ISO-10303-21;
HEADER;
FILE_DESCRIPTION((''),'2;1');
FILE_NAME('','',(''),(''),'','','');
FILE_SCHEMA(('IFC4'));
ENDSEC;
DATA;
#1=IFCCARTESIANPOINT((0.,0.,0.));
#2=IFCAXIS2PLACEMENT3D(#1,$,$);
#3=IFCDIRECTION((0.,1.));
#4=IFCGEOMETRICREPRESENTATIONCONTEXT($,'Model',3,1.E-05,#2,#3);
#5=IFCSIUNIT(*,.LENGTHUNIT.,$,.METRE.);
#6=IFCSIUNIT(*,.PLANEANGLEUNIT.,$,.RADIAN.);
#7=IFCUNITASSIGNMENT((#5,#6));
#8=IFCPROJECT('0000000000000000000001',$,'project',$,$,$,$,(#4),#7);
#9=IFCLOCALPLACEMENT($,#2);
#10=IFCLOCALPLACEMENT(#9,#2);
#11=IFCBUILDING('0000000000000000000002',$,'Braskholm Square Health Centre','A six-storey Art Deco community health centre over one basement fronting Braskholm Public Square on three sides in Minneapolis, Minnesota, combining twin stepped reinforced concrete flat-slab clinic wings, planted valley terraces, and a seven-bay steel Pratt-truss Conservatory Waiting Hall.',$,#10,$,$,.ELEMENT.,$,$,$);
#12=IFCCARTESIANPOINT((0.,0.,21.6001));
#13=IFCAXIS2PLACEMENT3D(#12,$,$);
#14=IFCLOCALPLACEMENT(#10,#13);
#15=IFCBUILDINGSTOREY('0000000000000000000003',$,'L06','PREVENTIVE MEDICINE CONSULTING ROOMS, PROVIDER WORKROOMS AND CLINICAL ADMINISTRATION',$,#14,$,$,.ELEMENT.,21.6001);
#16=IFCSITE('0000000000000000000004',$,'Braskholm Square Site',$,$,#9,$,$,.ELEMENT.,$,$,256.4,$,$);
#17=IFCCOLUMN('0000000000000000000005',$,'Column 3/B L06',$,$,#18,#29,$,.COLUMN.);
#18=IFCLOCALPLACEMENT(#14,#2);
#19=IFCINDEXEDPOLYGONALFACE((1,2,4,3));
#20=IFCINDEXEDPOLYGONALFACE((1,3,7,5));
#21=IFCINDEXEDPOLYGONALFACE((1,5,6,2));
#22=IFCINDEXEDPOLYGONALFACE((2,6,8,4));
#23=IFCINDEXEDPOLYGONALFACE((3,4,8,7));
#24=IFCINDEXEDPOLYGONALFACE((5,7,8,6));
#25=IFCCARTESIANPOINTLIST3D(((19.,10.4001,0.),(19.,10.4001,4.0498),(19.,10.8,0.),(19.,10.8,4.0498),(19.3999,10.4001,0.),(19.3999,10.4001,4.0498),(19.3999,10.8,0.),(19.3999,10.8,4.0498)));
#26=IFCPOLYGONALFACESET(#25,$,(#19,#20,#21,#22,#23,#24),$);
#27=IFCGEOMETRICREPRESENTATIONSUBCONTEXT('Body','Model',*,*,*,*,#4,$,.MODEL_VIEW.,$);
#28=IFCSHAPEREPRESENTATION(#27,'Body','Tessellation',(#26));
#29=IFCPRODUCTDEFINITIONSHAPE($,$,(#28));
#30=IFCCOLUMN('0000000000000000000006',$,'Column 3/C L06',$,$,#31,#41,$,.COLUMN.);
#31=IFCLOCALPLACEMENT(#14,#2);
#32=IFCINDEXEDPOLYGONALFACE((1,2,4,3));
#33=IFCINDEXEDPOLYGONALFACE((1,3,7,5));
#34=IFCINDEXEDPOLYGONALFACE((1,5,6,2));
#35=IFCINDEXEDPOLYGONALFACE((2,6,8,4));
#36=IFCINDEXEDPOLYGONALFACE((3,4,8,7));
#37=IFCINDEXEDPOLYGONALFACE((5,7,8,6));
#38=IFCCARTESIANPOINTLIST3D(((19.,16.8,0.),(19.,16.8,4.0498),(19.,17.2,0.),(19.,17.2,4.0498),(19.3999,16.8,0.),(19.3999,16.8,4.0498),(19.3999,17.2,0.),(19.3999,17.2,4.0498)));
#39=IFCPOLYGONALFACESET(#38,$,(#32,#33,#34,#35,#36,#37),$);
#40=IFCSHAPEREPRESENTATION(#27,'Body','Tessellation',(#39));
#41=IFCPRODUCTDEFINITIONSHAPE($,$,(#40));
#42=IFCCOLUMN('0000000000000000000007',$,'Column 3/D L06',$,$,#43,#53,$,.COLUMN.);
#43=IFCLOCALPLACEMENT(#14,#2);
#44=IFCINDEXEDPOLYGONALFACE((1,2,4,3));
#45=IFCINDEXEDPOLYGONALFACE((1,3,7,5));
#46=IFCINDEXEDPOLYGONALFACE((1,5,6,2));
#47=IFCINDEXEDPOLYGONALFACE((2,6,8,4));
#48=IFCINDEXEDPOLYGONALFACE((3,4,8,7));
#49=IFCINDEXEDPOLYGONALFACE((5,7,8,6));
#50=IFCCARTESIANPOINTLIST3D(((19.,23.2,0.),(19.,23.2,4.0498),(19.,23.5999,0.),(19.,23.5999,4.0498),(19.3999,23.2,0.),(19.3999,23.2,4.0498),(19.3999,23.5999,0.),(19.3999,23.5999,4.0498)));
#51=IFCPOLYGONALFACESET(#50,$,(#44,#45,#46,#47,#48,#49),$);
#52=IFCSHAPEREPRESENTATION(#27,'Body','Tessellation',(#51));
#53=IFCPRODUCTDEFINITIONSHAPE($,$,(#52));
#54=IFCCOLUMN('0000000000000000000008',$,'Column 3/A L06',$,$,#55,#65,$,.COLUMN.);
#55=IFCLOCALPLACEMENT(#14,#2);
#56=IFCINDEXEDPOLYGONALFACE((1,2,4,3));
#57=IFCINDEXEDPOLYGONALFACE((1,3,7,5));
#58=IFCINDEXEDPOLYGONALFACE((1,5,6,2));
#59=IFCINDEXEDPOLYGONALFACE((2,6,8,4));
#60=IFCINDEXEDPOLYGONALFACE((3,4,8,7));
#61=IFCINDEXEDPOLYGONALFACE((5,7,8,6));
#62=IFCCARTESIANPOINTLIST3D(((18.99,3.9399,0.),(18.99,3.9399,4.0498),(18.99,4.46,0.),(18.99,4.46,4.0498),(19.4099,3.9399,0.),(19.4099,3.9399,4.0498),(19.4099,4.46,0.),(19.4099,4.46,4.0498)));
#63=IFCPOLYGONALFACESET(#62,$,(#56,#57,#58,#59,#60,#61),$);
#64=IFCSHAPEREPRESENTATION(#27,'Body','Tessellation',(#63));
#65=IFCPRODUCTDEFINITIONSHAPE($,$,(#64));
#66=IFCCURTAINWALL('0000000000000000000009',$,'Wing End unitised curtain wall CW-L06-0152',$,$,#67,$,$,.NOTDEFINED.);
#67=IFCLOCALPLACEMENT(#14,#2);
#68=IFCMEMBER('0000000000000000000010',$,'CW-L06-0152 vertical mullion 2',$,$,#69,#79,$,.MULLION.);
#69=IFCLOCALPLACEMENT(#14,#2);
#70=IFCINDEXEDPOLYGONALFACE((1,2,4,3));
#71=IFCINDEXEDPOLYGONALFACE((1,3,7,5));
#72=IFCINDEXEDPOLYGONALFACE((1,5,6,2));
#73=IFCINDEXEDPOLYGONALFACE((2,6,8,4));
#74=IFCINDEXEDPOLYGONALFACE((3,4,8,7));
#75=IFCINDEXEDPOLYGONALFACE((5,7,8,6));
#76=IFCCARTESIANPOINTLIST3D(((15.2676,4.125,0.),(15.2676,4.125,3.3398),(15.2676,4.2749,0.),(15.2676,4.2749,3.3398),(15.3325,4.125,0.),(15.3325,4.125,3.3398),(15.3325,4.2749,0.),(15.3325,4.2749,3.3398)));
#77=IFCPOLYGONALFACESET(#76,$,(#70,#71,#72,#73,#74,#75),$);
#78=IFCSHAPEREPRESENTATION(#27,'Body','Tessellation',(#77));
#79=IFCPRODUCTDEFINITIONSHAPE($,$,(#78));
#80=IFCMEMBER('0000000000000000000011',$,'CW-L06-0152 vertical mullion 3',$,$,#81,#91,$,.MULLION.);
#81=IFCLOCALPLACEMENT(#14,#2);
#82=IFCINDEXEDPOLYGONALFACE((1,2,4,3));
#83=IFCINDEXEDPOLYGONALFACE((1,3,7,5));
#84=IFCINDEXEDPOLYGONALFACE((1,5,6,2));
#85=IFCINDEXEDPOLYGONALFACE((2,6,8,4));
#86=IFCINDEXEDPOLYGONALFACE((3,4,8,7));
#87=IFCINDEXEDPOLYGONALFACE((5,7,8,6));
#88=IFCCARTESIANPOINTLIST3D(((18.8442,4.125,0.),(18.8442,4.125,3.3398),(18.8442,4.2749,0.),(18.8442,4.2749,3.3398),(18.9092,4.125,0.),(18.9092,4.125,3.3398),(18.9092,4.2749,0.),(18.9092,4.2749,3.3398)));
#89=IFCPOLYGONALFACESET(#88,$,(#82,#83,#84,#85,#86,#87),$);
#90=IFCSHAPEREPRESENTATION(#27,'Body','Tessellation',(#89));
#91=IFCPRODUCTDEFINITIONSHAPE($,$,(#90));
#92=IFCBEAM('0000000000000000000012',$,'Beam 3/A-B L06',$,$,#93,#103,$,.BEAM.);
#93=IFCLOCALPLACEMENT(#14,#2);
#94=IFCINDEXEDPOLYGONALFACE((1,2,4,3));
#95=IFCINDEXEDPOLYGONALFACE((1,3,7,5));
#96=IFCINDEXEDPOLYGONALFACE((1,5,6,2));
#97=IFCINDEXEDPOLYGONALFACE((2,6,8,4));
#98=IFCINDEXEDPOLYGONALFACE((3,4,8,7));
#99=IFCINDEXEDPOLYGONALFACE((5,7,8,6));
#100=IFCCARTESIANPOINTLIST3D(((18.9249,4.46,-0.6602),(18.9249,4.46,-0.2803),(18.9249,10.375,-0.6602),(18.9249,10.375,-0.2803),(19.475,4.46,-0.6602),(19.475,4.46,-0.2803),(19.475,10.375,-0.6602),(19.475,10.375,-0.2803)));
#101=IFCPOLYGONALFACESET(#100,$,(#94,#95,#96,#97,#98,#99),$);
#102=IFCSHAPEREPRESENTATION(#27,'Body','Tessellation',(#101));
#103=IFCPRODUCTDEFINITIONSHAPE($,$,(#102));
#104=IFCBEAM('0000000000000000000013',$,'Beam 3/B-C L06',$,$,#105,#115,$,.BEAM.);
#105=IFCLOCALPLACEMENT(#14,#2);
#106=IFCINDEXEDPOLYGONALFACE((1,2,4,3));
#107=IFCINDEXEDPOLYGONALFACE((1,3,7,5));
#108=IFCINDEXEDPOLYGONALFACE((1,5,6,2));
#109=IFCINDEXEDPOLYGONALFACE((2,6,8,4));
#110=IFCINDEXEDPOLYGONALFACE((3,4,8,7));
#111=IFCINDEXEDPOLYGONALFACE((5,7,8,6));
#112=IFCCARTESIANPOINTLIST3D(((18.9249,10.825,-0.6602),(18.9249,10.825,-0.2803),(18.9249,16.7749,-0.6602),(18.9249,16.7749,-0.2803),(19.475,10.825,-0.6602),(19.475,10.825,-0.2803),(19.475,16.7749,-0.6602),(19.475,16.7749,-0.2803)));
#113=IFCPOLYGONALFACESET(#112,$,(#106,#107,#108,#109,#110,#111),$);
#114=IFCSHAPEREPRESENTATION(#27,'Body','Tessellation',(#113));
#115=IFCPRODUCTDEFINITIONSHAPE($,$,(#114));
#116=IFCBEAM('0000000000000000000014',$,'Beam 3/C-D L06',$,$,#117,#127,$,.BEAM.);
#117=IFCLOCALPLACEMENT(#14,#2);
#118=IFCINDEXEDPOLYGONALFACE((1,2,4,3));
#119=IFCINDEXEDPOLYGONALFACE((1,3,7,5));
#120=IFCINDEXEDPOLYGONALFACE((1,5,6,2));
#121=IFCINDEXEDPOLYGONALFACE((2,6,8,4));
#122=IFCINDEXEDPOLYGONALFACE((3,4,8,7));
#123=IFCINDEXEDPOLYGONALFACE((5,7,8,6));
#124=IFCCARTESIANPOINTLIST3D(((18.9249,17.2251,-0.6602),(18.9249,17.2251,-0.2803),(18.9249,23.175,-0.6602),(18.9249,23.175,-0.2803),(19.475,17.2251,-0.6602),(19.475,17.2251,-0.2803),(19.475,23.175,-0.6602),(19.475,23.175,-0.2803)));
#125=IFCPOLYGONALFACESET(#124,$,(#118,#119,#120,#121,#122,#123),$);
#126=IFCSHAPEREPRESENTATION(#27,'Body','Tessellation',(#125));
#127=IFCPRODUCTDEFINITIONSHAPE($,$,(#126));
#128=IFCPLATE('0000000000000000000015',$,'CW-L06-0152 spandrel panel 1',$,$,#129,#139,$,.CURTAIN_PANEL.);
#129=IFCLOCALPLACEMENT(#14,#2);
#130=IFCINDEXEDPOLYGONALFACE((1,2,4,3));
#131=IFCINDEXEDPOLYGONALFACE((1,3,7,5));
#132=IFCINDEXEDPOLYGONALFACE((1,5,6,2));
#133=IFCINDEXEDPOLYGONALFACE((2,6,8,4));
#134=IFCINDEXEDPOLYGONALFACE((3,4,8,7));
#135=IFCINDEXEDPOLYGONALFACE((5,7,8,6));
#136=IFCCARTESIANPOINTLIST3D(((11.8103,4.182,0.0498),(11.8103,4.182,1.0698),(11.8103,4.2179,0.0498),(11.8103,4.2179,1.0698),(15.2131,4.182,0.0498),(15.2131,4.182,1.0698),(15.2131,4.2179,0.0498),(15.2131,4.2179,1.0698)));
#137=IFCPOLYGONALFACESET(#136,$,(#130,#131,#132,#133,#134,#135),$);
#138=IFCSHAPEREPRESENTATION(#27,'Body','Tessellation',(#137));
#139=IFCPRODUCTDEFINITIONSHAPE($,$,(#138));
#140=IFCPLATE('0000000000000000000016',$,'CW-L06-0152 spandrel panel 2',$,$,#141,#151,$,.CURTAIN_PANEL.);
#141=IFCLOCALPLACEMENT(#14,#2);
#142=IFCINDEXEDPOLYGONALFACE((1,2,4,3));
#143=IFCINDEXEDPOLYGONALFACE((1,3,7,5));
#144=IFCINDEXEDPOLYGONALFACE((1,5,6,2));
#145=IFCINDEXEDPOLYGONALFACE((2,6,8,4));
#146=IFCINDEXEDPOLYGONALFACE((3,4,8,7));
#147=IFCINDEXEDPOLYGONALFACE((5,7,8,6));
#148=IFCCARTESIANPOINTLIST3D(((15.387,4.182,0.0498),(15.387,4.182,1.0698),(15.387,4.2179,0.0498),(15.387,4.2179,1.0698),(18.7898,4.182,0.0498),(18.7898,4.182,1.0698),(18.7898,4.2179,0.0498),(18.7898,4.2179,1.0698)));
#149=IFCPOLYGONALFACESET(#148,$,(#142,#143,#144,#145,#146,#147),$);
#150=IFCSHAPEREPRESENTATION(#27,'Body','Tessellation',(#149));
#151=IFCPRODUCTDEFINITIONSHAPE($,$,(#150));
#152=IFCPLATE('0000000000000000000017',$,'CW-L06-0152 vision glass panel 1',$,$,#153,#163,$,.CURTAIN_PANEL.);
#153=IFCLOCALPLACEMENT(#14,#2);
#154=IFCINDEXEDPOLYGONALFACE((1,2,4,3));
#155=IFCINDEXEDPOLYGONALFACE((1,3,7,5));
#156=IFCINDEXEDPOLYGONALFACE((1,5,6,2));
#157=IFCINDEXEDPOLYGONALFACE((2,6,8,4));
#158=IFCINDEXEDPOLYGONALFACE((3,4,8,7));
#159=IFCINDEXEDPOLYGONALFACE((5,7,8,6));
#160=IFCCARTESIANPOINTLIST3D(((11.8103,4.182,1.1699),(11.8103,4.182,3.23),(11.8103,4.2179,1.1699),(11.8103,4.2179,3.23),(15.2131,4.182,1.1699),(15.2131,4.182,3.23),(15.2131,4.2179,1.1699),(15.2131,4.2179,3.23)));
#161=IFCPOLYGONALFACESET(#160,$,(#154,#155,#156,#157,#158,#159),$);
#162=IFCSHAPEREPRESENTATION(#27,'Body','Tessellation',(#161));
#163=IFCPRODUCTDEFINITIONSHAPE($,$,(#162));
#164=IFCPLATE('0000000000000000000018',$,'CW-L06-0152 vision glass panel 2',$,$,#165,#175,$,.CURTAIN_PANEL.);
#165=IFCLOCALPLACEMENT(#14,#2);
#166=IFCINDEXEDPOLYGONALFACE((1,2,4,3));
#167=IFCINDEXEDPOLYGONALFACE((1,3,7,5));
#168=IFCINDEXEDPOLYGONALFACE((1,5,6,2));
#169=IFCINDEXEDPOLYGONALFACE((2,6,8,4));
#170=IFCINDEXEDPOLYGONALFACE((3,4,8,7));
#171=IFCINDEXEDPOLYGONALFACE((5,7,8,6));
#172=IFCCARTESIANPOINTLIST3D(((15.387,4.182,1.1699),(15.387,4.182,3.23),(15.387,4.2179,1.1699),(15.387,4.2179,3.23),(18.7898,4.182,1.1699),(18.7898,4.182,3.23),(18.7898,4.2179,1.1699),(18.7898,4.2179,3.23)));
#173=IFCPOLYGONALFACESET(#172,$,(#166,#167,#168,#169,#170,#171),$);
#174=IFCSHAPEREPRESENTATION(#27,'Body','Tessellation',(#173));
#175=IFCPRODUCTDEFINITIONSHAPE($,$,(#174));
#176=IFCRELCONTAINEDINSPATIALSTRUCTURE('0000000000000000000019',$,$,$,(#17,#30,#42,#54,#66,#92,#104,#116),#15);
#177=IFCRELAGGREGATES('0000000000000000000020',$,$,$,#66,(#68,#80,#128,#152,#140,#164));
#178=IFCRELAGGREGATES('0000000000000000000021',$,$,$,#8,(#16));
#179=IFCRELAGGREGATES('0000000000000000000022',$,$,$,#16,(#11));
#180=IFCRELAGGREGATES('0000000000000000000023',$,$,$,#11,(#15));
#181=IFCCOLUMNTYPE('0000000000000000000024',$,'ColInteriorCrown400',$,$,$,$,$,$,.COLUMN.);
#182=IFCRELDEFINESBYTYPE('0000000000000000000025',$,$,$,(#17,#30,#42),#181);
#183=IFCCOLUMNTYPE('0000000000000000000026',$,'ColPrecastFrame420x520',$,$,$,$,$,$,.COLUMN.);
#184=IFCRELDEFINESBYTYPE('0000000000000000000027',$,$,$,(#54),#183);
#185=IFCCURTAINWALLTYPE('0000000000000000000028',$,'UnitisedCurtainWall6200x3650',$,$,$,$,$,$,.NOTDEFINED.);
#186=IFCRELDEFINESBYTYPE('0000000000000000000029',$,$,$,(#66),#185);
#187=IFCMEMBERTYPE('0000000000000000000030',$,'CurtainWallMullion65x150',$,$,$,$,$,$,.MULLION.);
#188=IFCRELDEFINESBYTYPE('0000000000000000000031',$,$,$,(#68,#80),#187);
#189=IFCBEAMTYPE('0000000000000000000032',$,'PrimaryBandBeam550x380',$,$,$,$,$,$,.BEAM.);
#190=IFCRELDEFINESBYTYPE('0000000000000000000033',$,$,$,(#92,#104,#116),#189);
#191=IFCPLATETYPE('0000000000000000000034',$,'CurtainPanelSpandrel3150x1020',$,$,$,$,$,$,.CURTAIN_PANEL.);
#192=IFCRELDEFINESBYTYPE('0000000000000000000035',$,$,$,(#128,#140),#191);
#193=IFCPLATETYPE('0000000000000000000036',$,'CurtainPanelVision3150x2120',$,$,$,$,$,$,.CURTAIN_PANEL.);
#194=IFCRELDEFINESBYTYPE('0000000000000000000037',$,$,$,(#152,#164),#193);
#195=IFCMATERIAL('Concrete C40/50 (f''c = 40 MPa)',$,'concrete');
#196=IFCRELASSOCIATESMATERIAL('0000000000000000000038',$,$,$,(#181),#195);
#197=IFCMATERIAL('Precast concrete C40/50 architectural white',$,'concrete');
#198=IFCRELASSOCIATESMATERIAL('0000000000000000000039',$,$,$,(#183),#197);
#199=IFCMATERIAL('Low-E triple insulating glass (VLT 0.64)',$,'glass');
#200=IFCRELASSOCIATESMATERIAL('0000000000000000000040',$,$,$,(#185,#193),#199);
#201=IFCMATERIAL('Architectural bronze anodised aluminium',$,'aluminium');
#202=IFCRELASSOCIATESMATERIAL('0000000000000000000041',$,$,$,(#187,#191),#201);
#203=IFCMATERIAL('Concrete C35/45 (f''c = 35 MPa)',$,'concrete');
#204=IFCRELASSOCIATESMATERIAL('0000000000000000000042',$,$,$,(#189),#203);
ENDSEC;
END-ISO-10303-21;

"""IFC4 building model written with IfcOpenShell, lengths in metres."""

from ifc_helpers import new_model, si_unit, direction, frame, origin, origin_2d, place, context, subcontext, project, spatial, rectangle, extrude, material, material_profile, profile_set, type_object, element, aggregate, save


model = new_model("IFC4")

# Units and contexts
model_context = context("Model", 3, precision=1e-05, world=origin(), true_north=direction((0.0, 1.0)))
body_context = subcontext(model_context, "Body", "Model", "MODEL_VIEW")
ifc_project = project(units=[si_unit("LENGTHUNIT", "METRE"), si_unit("PLANEANGLEUNIT", "RADIAN")], contexts=[model_context])

# Site, building, storey
site_placement = place(None, origin())
site = spatial("IfcSite", under=ifc_project, at=site_placement, Name="Braskholm Square Site", CompositionType="ELEMENT", RefElevation=256.4)
building_placement = place(site_placement, origin())
building = spatial("IfcBuilding", under=site, at=building_placement, Name="Braskholm Square Health Centre", Description="A six-storey Art Deco community health centre over one basement fronting Braskholm Public Square on three sides in Minneapolis, Minnesota, combining twin stepped reinforced concrete flat-slab clinic wings, planted valley terraces, and a seven-bay steel Pratt-truss Conservatory Waiting Hall.", CompositionType="ELEMENT")
storey_placement = place(building_placement, frame((0.0, 0.0, 21.6001)))
storey = spatial("IfcBuildingStorey", under=building, at=storey_placement, Name="L06", Description="PREVENTIVE MEDICINE CONSULTING ROOMS, PROVIDER WORKROOMS AND CLINICAL ADMINISTRATION", CompositionType="ELEMENT", Elevation=21.6001)

# Columns
ifc_material_1 = material(Name="Concrete C40/50 (f'c = 40 MPa)", Category="concrete")
ifc_material_profile_1 = material_profile(ifc_material_1, rectangle(XDim=0.3999, YDim=0.3999, at=origin_2d()), Name="RC-400X400")
ifc_profile_set_1 = profile_set([ifc_material_profile_1], Name="Concrete C40/50 (f'c = 40 MPa)")
column_type_1 = type_object("IfcColumnType", Name="ColInteriorCrown400", PredefinedType="COLUMN", material=ifc_profile_set_1)
for number, where, z_axis, x_axis, name in (
    (1, (19.2, 10.6001, 0.0), (0.0, 0.0, 1.0), (1.0, 0.0, 0.0), "Column 3/B L06"),
    (2, (19.2, 17.0, 0.0), (0.0, 0.0, 1.0), (1.0, 0.0, 0.0), "Column 3/C L06"),
    (3, (19.2, 23.3999, 0.0), (0.0, 0.0, 1.0), (1.0, 0.0, 0.0), "Column 3/D L06"),
):
    element("IfcColumn", number, at=place(storey_placement, frame(where, z_axis=z_axis, x_axis=x_axis)), inside=storey, type_object=column_type_1, Name=name, PredefinedType="COLUMN", context=body_context, shape_type="SweptSolid", body=[
        extrude(rectangle(XDim=0.3999, YDim=0.3999, at=origin_2d()), origin(), (0.0, 0.0, 1.0), 4.0498),
    ])
ifc_material_2 = material(Name="Precast concrete C40/50 architectural white", Category="concrete")
ifc_material_profile_2 = material_profile(ifc_material_2, rectangle(XDim=0.4199, YDim=0.52, at=origin_2d()), Name="RC-420X520")
ifc_profile_set_2 = profile_set([ifc_material_profile_2], Name="Precast concrete C40/50 architectural white")
column_type_2 = type_object("IfcColumnType", Name="ColPrecastFrame420x520", PredefinedType="COLUMN", material=ifc_profile_set_2)
column_placement = place(storey_placement, frame((19.2, 4.2, 0.0), z_axis=(0.0, 0.0, 1.0), x_axis=(1.0, 0.0, 0.0)))
element("IfcColumn", 4, at=column_placement, inside=storey, type_object=column_type_2, Name="Column 3/A L06", PredefinedType="COLUMN", context=body_context, shape_type="SweptSolid", body=[
    extrude(rectangle(XDim=0.4199, YDim=0.52, at=origin_2d()), origin(), (0.0, 0.0, 1.0), 4.0498),
])

# Curtain wall, members
ifc_material_3 = material(Name="Low-E triple insulating glass (VLT 0.64)", Category="glass")
curtain_wall_type = type_object("IfcCurtainWallType", Name="UnitisedCurtainWall6200x3650", PredefinedType="NOTDEFINED", material=ifc_material_3)
curtain_wall_placement = place(storey_placement, origin())
curtain_wall = element("IfcCurtainWall", 5, at=curtain_wall_placement, inside=storey, type_object=curtain_wall_type, Name="Wing End unitised curtain wall CW-L06-0152", PredefinedType="NOTDEFINED")
ifc_material_4 = material(Name="Architectural bronze anodised aluminium", Category="aluminium")
ifc_material_profile_3 = material_profile(ifc_material_4, rectangle(XDim=0.0649, YDim=0.1499, at=origin_2d()), Name="ALU-65X150")
ifc_profile_set_3 = profile_set([ifc_material_profile_3], Name="Architectural bronze anodised aluminium")
member_type = type_object("IfcMemberType", Name="CurtainWallMullion65x150", PredefinedType="MULLION", material=ifc_profile_set_3)
member_1_placement = place(storey_placement, frame((15.3, 4.2, 0.0), z_axis=(0.0, 0.0, 1.0), x_axis=(1.0, 0.0, 0.0)))
member_1 = element("IfcMember", 6, at=member_1_placement, type_object=member_type, Name="CW-L06-0152 vertical mullion 2", PredefinedType="MULLION", context=body_context, shape_type="SweptSolid", body=[
    extrude(rectangle(XDim=0.0649, YDim=0.1499, at=origin_2d()), origin(), (0.0, 0.0, 1.0), 3.3398),
])
member_2_placement = place(storey_placement, frame((18.8767, 4.2, 0.0), z_axis=(0.0, 0.0, 1.0), x_axis=(1.0, 0.0, 0.0)))
member_2 = element("IfcMember", 7, at=member_2_placement, type_object=member_type, Name="CW-L06-0152 vertical mullion 3", PredefinedType="MULLION", context=body_context, shape_type="SweptSolid", body=[
    extrude(rectangle(XDim=0.0649, YDim=0.1499, at=origin_2d()), origin(), (0.0, 0.0, 1.0), 3.3398),
])

# Beams
ifc_material_5 = material(Name="Concrete C35/45 (f'c = 35 MPa)", Category="concrete")
ifc_material_profile_4 = material_profile(ifc_material_5, rectangle(XDim=0.55, YDim=0.3799, at=origin_2d()), Name="RCB-550X380")
ifc_profile_set_4 = profile_set([ifc_material_profile_4], Name="Concrete C35/45 (f'c = 35 MPa)")
beam_type = type_object("IfcBeamType", Name="PrimaryBandBeam550x380", PredefinedType="BEAM", material=ifc_profile_set_4)
beam_placement = place(storey_placement, frame((19.2, 4.46, -0.4702), z_axis=(0.0, 1.0, 0.0), x_axis=(-1.0, 0.0, 0.0)))
element("IfcBeam", 8, at=beam_placement, inside=storey, type_object=beam_type, Name="Beam 3/A-B L06", PredefinedType="BEAM", context=body_context, shape_type="SweptSolid", body=[
    extrude(rectangle(XDim=0.55, YDim=0.3799, at=origin_2d()), origin(), (0.0, 0.0, 1.0), 5.915),
])
for number, where, z_axis, x_axis, name in (
    (9, (19.2, 10.825, -0.4702), (0.0, 1.0, 0.0), (-1.0, 0.0, 0.0), "Beam 3/B-C L06"),
    (10, (19.2, 17.2251, -0.4702), (0.0, 1.0, 0.0), (-1.0, 0.0, 0.0), "Beam 3/C-D L06"),
):
    element("IfcBeam", number, at=place(storey_placement, frame(where, z_axis=z_axis, x_axis=x_axis)), inside=storey, type_object=beam_type, Name=name, PredefinedType="BEAM", context=body_context, shape_type="SweptSolid", body=[
        extrude(rectangle(XDim=0.55, YDim=0.3799, at=origin_2d()), origin(), (0.0, 0.0, 1.0), 5.95),
    ])

# Plates
plate_type_1 = type_object("IfcPlateType", Name="CurtainPanelSpandrel3150x1020", PredefinedType="CURTAIN_PANEL", material=ifc_material_4)
plate_1_placement = place(storey_placement, frame((13.5117, 4.2, 0.0498), z_axis=(0.0, 0.0, 1.0), x_axis=(1.0, 0.0, 0.0)))
plate_1 = element("IfcPlate", 11, at=plate_1_placement, type_object=plate_type_1, Name="CW-L06-0152 spandrel panel 1", PredefinedType="CURTAIN_PANEL", context=body_context, shape_type="SweptSolid", body=[
    extrude(rectangle(XDim=3.4028, YDim=0.0359, at=origin_2d()), origin(), (0.0, 0.0, 1.0), 1.02),
])
plate_2_placement = place(storey_placement, frame((17.0884, 4.2, 0.0498), z_axis=(0.0, 0.0, 1.0), x_axis=(1.0, 0.0, 0.0)))
plate_2 = element("IfcPlate", 12, at=plate_2_placement, type_object=plate_type_1, Name="CW-L06-0152 spandrel panel 2", PredefinedType="CURTAIN_PANEL", context=body_context, shape_type="SweptSolid", body=[
    extrude(rectangle(XDim=3.4028, YDim=0.0359, at=origin_2d()), origin(), (0.0, 0.0, 1.0), 1.02),
])
plate_type_2 = type_object("IfcPlateType", Name="CurtainPanelVision3150x2120", PredefinedType="CURTAIN_PANEL", material=ifc_material_3)
plate_3_placement = place(storey_placement, frame((13.5117, 4.2, 1.1699), z_axis=(0.0, 0.0, 1.0), x_axis=(1.0, 0.0, 0.0)))
plate_3 = element("IfcPlate", 13, at=plate_3_placement, type_object=plate_type_2, Name="CW-L06-0152 vision glass panel 1", PredefinedType="CURTAIN_PANEL", context=body_context, shape_type="SweptSolid", body=[
    extrude(rectangle(XDim=3.4028, YDim=0.0359, at=origin_2d()), origin(), (0.0, 0.0, 1.0), 2.0601),
])
plate_4_placement = place(storey_placement, frame((17.0884, 4.2, 1.1699), z_axis=(0.0, 0.0, 1.0), x_axis=(1.0, 0.0, 0.0)))
plate_4 = element("IfcPlate", 14, at=plate_4_placement, type_object=plate_type_2, Name="CW-L06-0152 vision glass panel 2", PredefinedType="CURTAIN_PANEL", context=body_context, shape_type="SweptSolid", body=[
    extrude(rectangle(XDim=3.4028, YDim=0.0359, at=origin_2d()), origin(), (0.0, 0.0, 1.0), 2.0601),
])
aggregate(curtain_wall, [member_1, member_2, plate_1, plate_3, plate_2, plate_4])

save(model, "model.ifc")
